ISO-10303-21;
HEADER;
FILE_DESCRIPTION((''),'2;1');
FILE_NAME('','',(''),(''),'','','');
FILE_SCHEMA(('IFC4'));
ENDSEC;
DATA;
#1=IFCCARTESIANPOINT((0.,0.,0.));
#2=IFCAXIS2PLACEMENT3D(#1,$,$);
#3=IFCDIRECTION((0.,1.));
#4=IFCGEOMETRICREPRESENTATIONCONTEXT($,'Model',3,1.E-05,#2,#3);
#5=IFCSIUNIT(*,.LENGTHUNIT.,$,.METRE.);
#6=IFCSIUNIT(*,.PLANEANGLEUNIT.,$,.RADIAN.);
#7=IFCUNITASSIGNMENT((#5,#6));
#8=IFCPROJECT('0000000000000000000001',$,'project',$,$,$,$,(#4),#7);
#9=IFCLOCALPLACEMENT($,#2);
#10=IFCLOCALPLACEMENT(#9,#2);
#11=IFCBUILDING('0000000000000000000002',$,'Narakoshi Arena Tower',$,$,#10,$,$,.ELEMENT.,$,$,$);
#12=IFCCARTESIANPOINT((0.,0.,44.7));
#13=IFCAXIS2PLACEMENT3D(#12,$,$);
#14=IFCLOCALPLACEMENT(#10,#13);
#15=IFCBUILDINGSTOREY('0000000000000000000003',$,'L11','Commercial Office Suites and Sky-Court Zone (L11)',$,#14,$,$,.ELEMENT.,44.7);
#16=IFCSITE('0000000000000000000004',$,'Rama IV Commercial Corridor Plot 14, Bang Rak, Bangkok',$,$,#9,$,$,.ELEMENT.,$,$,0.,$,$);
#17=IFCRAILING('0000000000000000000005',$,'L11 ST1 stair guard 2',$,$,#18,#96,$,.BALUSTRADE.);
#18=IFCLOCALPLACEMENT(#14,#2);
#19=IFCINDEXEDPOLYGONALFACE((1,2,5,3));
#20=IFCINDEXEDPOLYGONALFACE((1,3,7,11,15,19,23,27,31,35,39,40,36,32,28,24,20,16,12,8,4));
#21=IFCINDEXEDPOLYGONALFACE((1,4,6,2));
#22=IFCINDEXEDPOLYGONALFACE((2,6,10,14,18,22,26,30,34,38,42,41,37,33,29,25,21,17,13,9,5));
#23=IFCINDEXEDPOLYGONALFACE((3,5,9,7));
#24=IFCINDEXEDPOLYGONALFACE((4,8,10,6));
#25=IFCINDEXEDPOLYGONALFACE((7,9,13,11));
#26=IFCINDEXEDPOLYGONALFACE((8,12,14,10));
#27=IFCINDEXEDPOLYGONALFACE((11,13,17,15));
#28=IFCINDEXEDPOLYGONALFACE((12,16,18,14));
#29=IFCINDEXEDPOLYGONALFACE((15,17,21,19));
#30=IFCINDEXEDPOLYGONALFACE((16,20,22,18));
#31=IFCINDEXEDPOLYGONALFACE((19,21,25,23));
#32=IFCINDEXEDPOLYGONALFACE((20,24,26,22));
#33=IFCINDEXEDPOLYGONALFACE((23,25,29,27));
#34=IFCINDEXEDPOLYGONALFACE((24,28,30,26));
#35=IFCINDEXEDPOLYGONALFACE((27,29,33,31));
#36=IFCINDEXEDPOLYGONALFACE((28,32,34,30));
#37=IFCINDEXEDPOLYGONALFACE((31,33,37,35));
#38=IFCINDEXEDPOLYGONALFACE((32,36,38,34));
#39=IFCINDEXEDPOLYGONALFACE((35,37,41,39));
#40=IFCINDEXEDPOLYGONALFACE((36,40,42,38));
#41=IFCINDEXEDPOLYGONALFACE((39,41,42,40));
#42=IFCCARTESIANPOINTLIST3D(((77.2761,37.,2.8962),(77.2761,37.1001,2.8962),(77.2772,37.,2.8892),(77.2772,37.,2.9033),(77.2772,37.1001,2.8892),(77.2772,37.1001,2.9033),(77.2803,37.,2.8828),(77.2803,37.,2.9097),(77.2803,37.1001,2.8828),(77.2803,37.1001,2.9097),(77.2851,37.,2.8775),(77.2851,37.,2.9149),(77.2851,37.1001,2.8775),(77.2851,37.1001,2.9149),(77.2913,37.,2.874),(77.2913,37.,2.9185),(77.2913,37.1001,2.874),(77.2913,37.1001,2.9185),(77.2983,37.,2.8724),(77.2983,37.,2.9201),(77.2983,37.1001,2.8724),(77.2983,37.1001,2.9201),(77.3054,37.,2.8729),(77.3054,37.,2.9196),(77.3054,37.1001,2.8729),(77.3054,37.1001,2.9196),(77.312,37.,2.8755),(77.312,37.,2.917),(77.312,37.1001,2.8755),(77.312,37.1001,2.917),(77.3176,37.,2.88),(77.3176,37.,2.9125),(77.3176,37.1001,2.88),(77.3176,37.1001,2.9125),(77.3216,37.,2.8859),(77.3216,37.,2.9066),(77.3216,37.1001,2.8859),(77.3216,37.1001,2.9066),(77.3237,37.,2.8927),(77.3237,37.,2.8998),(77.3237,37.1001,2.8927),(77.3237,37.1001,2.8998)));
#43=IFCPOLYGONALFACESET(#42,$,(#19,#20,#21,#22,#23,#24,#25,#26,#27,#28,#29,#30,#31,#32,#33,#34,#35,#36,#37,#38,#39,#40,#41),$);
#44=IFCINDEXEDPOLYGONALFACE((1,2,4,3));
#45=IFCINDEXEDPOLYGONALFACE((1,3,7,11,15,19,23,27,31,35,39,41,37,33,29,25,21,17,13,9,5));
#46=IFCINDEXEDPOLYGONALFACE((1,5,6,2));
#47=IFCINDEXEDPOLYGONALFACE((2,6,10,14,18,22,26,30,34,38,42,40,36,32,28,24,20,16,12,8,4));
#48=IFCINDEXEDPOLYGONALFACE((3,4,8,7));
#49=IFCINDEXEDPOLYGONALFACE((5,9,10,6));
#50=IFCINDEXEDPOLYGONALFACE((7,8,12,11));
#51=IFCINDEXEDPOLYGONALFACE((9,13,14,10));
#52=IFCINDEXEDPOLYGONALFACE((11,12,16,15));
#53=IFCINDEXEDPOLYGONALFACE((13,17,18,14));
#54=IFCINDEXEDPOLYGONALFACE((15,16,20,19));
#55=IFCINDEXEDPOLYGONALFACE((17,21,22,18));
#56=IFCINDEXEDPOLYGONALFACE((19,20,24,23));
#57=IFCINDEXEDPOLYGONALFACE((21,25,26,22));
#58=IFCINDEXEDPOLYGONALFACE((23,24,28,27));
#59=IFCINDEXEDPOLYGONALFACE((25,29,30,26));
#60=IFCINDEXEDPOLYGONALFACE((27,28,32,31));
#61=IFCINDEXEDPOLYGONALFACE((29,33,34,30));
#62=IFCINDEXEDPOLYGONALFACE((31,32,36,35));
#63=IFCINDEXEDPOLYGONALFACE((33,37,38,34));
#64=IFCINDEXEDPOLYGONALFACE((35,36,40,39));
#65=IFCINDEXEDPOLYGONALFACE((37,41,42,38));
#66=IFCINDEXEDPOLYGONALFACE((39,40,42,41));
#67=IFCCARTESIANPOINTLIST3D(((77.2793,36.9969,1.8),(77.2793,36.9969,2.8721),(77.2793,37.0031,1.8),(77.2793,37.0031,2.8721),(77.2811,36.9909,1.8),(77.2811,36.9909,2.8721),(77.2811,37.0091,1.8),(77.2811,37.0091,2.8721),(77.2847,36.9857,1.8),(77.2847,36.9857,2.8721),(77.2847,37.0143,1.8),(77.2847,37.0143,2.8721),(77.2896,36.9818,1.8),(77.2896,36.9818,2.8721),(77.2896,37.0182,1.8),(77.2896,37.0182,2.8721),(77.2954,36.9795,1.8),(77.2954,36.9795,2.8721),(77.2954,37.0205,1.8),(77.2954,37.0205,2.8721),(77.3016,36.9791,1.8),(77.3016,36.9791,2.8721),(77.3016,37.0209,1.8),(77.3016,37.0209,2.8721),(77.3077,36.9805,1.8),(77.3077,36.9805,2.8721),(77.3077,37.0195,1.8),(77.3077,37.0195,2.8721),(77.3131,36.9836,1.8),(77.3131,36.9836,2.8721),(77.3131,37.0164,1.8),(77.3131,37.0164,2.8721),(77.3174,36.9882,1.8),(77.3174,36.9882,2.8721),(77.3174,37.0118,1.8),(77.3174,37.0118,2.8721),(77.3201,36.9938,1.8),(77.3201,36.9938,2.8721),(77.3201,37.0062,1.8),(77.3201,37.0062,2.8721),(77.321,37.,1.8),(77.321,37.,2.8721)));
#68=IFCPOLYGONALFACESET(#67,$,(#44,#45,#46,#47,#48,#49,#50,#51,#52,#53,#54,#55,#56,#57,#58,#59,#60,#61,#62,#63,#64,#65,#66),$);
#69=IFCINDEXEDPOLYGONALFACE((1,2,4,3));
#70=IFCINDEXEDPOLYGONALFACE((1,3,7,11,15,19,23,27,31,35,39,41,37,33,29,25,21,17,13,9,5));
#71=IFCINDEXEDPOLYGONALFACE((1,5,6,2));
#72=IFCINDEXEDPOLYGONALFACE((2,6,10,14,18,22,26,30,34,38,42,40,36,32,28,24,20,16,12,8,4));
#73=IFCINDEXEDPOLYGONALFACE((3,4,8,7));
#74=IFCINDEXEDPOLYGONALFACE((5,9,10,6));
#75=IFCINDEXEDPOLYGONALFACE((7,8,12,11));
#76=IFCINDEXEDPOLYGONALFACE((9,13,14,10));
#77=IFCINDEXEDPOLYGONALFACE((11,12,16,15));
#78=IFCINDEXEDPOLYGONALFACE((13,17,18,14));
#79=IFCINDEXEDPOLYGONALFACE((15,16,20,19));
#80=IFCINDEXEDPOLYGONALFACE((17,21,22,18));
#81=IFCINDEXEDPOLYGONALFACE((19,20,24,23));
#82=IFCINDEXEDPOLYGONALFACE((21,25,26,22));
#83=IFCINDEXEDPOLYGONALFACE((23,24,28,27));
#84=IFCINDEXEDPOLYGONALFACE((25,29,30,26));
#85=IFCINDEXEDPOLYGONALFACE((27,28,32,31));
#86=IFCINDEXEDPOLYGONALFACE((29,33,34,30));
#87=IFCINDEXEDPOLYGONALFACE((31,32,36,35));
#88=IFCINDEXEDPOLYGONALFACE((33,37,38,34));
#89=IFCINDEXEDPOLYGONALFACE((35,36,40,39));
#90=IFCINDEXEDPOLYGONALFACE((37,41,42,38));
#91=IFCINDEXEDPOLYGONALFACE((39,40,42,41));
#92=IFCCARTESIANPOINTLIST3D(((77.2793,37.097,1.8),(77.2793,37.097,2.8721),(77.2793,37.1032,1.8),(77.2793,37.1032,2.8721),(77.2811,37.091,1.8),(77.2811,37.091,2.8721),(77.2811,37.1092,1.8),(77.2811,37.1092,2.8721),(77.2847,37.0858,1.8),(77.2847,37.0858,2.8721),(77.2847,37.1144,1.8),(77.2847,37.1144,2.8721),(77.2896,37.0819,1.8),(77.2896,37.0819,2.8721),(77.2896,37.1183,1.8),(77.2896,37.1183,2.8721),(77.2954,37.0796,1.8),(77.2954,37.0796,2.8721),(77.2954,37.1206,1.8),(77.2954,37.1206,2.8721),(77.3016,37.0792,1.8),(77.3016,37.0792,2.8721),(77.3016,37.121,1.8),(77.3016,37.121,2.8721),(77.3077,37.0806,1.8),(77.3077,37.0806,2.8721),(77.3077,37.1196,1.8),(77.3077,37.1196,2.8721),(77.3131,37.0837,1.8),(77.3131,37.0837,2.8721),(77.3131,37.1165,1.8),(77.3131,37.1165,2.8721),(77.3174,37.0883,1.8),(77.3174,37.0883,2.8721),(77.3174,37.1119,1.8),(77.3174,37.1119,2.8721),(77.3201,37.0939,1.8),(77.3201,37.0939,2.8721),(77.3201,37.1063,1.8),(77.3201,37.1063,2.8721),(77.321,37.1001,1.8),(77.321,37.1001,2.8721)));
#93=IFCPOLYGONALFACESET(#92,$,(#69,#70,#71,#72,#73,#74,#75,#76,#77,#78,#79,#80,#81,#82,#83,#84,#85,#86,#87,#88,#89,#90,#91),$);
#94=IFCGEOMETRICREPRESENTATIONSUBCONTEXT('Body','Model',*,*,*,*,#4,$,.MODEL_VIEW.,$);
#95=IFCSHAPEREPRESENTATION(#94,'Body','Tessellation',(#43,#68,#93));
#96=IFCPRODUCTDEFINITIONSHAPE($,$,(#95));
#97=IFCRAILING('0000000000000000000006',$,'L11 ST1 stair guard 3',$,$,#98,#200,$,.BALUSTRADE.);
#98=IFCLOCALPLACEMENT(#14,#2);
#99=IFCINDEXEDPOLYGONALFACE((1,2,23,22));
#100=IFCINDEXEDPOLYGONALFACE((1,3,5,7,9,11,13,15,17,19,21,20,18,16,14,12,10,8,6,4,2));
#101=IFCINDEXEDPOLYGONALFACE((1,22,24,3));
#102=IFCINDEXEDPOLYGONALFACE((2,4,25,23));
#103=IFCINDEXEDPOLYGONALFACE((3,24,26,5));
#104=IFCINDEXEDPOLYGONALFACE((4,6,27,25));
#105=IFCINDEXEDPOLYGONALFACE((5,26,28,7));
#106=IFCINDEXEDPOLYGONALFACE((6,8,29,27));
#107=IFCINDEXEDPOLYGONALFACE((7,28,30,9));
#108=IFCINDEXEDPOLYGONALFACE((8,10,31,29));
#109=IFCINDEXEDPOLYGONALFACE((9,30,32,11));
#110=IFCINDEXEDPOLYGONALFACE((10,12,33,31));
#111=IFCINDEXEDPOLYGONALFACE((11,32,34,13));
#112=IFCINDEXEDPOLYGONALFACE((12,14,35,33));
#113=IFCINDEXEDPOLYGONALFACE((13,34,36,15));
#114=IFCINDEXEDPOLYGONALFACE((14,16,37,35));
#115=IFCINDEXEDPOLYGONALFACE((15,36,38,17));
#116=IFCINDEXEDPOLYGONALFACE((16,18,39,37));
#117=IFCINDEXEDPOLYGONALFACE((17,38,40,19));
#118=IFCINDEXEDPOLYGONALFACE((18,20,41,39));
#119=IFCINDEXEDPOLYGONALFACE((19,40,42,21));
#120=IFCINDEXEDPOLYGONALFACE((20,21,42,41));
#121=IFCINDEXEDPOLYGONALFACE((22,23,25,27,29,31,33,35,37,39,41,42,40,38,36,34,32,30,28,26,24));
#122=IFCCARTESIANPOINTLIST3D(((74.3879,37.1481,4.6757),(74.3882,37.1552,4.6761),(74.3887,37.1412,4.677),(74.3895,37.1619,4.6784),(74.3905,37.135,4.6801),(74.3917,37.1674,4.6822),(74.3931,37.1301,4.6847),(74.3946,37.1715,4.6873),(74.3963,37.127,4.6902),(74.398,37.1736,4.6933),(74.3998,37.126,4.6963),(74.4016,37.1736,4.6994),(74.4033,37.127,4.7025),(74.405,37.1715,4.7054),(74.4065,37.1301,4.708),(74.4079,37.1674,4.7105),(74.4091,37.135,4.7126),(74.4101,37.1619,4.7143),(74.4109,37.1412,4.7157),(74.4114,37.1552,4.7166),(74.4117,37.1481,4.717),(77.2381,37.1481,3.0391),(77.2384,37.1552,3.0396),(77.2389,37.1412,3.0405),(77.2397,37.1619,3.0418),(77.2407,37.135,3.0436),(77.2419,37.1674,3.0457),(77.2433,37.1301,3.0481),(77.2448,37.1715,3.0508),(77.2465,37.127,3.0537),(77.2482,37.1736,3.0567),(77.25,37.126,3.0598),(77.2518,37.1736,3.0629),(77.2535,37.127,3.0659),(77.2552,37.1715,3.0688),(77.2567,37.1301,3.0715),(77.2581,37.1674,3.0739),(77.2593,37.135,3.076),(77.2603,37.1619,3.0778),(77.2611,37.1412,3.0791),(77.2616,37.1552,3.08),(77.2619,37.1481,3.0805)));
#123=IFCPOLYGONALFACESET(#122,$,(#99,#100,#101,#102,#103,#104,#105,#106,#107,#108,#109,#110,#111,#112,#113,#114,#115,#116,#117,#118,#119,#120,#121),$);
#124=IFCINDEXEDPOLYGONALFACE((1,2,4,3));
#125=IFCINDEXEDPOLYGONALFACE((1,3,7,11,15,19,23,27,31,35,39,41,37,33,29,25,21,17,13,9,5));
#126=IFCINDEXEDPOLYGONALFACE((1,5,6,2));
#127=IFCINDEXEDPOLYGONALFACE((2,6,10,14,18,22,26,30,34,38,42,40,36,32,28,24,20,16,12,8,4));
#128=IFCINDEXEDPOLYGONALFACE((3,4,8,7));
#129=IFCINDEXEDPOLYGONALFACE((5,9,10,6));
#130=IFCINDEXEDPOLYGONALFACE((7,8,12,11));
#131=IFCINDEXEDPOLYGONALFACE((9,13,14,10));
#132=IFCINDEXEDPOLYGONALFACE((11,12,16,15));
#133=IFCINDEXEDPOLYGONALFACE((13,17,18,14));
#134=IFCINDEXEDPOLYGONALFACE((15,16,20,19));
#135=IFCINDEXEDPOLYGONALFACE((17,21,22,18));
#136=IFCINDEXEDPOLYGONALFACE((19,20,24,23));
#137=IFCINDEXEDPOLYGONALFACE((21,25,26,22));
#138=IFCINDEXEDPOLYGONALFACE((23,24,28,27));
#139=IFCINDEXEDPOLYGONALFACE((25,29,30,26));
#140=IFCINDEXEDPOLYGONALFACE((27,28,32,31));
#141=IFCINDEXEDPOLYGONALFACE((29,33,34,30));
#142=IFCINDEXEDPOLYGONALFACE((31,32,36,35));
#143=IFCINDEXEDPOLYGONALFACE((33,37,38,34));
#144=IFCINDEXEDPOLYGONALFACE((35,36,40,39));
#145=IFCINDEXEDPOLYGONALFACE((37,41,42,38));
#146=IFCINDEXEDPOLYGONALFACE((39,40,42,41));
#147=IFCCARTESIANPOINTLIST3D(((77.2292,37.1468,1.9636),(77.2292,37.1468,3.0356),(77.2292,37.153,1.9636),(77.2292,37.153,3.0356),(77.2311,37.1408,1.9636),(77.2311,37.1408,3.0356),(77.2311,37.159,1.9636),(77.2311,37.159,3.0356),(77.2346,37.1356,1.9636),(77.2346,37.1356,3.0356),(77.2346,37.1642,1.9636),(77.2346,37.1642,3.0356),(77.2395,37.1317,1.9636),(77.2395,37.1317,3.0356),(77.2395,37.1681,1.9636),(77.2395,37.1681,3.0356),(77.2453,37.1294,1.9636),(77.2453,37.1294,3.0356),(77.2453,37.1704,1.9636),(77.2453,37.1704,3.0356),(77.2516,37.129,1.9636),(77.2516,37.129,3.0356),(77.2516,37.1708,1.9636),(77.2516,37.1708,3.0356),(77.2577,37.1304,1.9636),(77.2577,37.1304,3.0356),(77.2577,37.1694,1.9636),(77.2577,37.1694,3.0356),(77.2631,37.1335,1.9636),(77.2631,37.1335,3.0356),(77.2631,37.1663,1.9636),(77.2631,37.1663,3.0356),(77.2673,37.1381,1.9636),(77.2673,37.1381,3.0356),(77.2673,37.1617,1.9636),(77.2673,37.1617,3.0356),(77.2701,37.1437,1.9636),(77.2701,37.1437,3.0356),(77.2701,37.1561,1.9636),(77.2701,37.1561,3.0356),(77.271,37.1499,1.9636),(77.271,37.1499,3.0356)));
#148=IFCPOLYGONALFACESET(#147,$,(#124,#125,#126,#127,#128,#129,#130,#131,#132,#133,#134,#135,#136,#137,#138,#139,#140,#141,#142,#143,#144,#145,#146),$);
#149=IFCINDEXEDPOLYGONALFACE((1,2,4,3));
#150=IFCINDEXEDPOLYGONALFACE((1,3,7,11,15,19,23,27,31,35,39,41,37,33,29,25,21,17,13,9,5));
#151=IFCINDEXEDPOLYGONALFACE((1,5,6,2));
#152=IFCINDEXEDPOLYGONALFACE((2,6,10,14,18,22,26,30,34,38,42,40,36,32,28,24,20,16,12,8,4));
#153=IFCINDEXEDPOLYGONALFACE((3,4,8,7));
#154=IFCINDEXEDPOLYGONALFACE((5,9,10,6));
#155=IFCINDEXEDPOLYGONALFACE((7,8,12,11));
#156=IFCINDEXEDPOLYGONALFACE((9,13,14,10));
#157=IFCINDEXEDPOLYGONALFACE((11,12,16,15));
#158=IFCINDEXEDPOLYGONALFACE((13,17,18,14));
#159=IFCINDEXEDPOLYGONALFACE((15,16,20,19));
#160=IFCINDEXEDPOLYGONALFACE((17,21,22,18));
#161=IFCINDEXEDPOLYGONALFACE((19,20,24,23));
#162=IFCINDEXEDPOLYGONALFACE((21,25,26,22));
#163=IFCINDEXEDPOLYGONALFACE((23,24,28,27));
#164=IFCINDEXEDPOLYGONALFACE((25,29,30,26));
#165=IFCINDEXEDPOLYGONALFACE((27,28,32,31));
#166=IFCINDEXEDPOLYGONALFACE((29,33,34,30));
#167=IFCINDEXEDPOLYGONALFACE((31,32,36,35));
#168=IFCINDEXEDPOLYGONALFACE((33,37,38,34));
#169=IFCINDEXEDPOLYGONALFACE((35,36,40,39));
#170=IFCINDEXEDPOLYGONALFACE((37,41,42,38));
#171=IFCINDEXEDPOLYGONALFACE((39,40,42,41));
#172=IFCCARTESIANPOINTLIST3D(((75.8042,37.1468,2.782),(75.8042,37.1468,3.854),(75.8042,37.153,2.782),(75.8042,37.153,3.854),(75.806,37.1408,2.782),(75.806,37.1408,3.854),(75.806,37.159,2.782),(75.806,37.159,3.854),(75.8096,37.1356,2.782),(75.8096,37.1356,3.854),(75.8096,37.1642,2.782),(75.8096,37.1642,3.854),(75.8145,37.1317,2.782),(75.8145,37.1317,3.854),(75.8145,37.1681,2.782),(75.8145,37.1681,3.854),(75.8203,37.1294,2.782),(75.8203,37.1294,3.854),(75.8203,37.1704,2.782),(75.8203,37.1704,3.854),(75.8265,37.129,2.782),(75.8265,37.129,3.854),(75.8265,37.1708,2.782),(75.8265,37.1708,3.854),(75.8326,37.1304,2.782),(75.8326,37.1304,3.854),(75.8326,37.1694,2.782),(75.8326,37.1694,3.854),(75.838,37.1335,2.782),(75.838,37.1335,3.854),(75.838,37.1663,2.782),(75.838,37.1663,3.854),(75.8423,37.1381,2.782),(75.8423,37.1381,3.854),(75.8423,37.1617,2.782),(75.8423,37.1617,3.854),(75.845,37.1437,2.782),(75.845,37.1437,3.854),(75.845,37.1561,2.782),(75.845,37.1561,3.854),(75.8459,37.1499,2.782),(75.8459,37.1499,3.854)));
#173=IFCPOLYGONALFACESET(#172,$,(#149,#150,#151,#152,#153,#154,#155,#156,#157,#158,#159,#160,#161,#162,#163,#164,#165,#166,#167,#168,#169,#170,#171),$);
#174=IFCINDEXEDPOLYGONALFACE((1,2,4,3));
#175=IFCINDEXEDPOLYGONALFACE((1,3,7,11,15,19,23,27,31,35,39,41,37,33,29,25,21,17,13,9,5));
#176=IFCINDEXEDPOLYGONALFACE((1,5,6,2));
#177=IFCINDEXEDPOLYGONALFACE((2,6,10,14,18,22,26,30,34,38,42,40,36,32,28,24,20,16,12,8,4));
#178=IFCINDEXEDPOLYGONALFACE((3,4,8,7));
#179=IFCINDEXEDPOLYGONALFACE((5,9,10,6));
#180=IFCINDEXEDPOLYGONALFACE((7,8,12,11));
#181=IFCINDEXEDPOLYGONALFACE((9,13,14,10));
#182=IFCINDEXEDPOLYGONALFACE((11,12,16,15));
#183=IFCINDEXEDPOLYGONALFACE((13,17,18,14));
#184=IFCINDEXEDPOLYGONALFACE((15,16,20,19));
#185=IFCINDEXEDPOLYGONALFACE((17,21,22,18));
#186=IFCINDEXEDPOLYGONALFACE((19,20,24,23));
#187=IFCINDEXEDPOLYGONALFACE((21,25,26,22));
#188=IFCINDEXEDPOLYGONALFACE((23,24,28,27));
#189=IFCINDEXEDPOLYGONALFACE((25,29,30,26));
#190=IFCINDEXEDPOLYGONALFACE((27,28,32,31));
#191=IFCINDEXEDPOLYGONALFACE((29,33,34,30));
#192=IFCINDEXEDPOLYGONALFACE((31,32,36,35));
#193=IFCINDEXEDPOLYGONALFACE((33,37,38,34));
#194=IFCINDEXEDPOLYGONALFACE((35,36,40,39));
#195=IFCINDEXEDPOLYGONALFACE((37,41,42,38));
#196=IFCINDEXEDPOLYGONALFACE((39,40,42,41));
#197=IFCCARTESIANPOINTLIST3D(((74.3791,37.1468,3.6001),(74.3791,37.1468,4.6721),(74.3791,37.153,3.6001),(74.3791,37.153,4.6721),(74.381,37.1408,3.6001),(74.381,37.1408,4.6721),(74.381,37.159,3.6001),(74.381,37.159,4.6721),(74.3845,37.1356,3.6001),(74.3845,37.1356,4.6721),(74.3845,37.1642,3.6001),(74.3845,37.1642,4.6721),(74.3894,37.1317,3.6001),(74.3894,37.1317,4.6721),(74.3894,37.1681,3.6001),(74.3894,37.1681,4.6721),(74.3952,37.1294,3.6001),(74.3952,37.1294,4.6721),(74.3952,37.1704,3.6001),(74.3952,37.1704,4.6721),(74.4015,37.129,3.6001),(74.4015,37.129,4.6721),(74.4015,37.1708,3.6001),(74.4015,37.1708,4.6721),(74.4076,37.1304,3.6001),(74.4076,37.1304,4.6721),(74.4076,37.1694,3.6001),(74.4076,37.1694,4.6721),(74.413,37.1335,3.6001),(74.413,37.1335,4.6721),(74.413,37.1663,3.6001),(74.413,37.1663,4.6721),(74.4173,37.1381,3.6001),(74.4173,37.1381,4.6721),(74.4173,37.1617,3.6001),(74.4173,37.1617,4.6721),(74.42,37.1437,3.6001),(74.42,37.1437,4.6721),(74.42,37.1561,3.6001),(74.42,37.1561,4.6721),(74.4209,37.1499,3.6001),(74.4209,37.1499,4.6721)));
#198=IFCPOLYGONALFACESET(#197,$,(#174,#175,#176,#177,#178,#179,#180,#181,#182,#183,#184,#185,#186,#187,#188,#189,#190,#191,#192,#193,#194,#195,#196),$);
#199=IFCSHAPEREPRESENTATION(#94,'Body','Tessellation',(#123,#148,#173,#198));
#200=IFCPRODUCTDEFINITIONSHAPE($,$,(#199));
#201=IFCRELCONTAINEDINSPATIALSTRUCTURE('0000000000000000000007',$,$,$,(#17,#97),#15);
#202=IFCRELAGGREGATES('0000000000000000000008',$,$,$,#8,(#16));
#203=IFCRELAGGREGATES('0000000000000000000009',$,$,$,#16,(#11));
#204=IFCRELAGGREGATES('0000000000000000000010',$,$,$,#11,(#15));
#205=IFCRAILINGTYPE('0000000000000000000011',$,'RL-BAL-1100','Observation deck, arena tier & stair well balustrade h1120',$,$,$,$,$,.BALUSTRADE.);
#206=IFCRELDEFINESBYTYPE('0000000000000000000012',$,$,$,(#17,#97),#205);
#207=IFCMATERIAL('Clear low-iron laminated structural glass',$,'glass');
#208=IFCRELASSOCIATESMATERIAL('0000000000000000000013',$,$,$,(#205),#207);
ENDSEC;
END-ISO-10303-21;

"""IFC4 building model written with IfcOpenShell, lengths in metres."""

from ifc_helpers import new_model, si_unit, direction, frame, origin, origin_2d, place, context, subcontext, project, spatial, circle, extrude, material, type_object, element, save


model = new_model("IFC4")

# Units and contexts
model_context = context("Model", 3, precision=1e-05, world=origin(), true_north=direction((0.0, 1.0)))
body_context = subcontext(model_context, "Body", "Model", "MODEL_VIEW")
ifc_project = project(units=[si_unit("LENGTHUNIT", "METRE"), si_unit("PLANEANGLEUNIT", "RADIAN")], contexts=[model_context])

# Site, building, storey
site_placement = place(None, origin())
site = spatial("IfcSite", under=ifc_project, at=site_placement, Name="Rama IV Commercial Corridor Plot 14, Bang Rak, Bangkok", CompositionType="ELEMENT", RefElevation=0.0)
building_placement = place(site_placement, origin())
building = spatial("IfcBuilding", under=site, at=building_placement, Name="Narakoshi Arena Tower", CompositionType="ELEMENT")
storey_placement = place(building_placement, frame((0.0, 0.0, 44.7)))
storey = spatial("IfcBuildingStorey", under=building, at=storey_placement, Name="L11", Description="Commercial Office Suites and Sky-Court Zone (L11)", CompositionType="ELEMENT", Elevation=44.7)

# Railings
ifc_material_1 = material(Name="Clear low-iron laminated structural glass", Category="glass")
railing_type_1 = type_object("IfcRailingType", Name="RL-BAL-1100", Description="Observation deck, arena tier & stair well balustrade h1120", PredefinedType="BALUSTRADE", material=ifc_material_1)
railing_1_placement = place(storey_placement, frame((77.3, 37.0, 1.8)))
element("IfcRailing", 1, at=railing_1_placement, inside=storey, type_object=railing_type_1, Name="L11 ST1 stair guard 2", PredefinedType="BALUSTRADE", context=body_context, shape_type="SweptSolid", body=[
    extrude(circle(Radius=0.0239, at=origin_2d()), frame((0.0, 0.0, 1.0962), z_axis=(0.0, 1.0, 0.0), x_axis=(-1.0, 0.0, 0.0)), (0.0, 0.0, 1.0), 0.1001),
    extrude(circle(Radius=0.021, at=origin_2d()), origin(), (0.0, 0.0, 1.0), 1.072),
    extrude(circle(Radius=0.021, at=origin_2d()), frame((0.0, 0.1001, 0.0)), (0.0, 0.0, 1.0), 1.072),
])
railing_2_placement = place(storey_placement, frame((77.25, 37.1499, 1.9636)))
element("IfcRailing", 2, at=railing_2_placement, inside=storey, type_object=railing_type_1, Name="L11 ST1 stair guard 3", PredefinedType="BALUSTRADE", context=body_context, shape_type="SweptSolid", body=[
    extrude(circle(Radius=0.0239, at=origin_2d()), frame((0.0, 0.0, 1.0962), z_axis=(-0.867213, 0.0, 0.497938), x_axis=(0.0, -1.0, 0.0)), (0.0, 0.0, 1.0), 3.2866),
    extrude(circle(Radius=0.021, at=origin_2d()), origin(), (0.0, 0.0, 1.0), 1.072),
    extrude(circle(Radius=0.021, at=origin_2d()), frame((-1.425, 0.0, 0.8184)), (0.0, 0.0, 1.0), 1.072),
    extrude(circle(Radius=0.021, at=origin_2d()), frame((-2.8501, 0.0, 1.6365)), (0.0, 0.0, 1.0), 1.072),
])

save(model, "model.ifc")
